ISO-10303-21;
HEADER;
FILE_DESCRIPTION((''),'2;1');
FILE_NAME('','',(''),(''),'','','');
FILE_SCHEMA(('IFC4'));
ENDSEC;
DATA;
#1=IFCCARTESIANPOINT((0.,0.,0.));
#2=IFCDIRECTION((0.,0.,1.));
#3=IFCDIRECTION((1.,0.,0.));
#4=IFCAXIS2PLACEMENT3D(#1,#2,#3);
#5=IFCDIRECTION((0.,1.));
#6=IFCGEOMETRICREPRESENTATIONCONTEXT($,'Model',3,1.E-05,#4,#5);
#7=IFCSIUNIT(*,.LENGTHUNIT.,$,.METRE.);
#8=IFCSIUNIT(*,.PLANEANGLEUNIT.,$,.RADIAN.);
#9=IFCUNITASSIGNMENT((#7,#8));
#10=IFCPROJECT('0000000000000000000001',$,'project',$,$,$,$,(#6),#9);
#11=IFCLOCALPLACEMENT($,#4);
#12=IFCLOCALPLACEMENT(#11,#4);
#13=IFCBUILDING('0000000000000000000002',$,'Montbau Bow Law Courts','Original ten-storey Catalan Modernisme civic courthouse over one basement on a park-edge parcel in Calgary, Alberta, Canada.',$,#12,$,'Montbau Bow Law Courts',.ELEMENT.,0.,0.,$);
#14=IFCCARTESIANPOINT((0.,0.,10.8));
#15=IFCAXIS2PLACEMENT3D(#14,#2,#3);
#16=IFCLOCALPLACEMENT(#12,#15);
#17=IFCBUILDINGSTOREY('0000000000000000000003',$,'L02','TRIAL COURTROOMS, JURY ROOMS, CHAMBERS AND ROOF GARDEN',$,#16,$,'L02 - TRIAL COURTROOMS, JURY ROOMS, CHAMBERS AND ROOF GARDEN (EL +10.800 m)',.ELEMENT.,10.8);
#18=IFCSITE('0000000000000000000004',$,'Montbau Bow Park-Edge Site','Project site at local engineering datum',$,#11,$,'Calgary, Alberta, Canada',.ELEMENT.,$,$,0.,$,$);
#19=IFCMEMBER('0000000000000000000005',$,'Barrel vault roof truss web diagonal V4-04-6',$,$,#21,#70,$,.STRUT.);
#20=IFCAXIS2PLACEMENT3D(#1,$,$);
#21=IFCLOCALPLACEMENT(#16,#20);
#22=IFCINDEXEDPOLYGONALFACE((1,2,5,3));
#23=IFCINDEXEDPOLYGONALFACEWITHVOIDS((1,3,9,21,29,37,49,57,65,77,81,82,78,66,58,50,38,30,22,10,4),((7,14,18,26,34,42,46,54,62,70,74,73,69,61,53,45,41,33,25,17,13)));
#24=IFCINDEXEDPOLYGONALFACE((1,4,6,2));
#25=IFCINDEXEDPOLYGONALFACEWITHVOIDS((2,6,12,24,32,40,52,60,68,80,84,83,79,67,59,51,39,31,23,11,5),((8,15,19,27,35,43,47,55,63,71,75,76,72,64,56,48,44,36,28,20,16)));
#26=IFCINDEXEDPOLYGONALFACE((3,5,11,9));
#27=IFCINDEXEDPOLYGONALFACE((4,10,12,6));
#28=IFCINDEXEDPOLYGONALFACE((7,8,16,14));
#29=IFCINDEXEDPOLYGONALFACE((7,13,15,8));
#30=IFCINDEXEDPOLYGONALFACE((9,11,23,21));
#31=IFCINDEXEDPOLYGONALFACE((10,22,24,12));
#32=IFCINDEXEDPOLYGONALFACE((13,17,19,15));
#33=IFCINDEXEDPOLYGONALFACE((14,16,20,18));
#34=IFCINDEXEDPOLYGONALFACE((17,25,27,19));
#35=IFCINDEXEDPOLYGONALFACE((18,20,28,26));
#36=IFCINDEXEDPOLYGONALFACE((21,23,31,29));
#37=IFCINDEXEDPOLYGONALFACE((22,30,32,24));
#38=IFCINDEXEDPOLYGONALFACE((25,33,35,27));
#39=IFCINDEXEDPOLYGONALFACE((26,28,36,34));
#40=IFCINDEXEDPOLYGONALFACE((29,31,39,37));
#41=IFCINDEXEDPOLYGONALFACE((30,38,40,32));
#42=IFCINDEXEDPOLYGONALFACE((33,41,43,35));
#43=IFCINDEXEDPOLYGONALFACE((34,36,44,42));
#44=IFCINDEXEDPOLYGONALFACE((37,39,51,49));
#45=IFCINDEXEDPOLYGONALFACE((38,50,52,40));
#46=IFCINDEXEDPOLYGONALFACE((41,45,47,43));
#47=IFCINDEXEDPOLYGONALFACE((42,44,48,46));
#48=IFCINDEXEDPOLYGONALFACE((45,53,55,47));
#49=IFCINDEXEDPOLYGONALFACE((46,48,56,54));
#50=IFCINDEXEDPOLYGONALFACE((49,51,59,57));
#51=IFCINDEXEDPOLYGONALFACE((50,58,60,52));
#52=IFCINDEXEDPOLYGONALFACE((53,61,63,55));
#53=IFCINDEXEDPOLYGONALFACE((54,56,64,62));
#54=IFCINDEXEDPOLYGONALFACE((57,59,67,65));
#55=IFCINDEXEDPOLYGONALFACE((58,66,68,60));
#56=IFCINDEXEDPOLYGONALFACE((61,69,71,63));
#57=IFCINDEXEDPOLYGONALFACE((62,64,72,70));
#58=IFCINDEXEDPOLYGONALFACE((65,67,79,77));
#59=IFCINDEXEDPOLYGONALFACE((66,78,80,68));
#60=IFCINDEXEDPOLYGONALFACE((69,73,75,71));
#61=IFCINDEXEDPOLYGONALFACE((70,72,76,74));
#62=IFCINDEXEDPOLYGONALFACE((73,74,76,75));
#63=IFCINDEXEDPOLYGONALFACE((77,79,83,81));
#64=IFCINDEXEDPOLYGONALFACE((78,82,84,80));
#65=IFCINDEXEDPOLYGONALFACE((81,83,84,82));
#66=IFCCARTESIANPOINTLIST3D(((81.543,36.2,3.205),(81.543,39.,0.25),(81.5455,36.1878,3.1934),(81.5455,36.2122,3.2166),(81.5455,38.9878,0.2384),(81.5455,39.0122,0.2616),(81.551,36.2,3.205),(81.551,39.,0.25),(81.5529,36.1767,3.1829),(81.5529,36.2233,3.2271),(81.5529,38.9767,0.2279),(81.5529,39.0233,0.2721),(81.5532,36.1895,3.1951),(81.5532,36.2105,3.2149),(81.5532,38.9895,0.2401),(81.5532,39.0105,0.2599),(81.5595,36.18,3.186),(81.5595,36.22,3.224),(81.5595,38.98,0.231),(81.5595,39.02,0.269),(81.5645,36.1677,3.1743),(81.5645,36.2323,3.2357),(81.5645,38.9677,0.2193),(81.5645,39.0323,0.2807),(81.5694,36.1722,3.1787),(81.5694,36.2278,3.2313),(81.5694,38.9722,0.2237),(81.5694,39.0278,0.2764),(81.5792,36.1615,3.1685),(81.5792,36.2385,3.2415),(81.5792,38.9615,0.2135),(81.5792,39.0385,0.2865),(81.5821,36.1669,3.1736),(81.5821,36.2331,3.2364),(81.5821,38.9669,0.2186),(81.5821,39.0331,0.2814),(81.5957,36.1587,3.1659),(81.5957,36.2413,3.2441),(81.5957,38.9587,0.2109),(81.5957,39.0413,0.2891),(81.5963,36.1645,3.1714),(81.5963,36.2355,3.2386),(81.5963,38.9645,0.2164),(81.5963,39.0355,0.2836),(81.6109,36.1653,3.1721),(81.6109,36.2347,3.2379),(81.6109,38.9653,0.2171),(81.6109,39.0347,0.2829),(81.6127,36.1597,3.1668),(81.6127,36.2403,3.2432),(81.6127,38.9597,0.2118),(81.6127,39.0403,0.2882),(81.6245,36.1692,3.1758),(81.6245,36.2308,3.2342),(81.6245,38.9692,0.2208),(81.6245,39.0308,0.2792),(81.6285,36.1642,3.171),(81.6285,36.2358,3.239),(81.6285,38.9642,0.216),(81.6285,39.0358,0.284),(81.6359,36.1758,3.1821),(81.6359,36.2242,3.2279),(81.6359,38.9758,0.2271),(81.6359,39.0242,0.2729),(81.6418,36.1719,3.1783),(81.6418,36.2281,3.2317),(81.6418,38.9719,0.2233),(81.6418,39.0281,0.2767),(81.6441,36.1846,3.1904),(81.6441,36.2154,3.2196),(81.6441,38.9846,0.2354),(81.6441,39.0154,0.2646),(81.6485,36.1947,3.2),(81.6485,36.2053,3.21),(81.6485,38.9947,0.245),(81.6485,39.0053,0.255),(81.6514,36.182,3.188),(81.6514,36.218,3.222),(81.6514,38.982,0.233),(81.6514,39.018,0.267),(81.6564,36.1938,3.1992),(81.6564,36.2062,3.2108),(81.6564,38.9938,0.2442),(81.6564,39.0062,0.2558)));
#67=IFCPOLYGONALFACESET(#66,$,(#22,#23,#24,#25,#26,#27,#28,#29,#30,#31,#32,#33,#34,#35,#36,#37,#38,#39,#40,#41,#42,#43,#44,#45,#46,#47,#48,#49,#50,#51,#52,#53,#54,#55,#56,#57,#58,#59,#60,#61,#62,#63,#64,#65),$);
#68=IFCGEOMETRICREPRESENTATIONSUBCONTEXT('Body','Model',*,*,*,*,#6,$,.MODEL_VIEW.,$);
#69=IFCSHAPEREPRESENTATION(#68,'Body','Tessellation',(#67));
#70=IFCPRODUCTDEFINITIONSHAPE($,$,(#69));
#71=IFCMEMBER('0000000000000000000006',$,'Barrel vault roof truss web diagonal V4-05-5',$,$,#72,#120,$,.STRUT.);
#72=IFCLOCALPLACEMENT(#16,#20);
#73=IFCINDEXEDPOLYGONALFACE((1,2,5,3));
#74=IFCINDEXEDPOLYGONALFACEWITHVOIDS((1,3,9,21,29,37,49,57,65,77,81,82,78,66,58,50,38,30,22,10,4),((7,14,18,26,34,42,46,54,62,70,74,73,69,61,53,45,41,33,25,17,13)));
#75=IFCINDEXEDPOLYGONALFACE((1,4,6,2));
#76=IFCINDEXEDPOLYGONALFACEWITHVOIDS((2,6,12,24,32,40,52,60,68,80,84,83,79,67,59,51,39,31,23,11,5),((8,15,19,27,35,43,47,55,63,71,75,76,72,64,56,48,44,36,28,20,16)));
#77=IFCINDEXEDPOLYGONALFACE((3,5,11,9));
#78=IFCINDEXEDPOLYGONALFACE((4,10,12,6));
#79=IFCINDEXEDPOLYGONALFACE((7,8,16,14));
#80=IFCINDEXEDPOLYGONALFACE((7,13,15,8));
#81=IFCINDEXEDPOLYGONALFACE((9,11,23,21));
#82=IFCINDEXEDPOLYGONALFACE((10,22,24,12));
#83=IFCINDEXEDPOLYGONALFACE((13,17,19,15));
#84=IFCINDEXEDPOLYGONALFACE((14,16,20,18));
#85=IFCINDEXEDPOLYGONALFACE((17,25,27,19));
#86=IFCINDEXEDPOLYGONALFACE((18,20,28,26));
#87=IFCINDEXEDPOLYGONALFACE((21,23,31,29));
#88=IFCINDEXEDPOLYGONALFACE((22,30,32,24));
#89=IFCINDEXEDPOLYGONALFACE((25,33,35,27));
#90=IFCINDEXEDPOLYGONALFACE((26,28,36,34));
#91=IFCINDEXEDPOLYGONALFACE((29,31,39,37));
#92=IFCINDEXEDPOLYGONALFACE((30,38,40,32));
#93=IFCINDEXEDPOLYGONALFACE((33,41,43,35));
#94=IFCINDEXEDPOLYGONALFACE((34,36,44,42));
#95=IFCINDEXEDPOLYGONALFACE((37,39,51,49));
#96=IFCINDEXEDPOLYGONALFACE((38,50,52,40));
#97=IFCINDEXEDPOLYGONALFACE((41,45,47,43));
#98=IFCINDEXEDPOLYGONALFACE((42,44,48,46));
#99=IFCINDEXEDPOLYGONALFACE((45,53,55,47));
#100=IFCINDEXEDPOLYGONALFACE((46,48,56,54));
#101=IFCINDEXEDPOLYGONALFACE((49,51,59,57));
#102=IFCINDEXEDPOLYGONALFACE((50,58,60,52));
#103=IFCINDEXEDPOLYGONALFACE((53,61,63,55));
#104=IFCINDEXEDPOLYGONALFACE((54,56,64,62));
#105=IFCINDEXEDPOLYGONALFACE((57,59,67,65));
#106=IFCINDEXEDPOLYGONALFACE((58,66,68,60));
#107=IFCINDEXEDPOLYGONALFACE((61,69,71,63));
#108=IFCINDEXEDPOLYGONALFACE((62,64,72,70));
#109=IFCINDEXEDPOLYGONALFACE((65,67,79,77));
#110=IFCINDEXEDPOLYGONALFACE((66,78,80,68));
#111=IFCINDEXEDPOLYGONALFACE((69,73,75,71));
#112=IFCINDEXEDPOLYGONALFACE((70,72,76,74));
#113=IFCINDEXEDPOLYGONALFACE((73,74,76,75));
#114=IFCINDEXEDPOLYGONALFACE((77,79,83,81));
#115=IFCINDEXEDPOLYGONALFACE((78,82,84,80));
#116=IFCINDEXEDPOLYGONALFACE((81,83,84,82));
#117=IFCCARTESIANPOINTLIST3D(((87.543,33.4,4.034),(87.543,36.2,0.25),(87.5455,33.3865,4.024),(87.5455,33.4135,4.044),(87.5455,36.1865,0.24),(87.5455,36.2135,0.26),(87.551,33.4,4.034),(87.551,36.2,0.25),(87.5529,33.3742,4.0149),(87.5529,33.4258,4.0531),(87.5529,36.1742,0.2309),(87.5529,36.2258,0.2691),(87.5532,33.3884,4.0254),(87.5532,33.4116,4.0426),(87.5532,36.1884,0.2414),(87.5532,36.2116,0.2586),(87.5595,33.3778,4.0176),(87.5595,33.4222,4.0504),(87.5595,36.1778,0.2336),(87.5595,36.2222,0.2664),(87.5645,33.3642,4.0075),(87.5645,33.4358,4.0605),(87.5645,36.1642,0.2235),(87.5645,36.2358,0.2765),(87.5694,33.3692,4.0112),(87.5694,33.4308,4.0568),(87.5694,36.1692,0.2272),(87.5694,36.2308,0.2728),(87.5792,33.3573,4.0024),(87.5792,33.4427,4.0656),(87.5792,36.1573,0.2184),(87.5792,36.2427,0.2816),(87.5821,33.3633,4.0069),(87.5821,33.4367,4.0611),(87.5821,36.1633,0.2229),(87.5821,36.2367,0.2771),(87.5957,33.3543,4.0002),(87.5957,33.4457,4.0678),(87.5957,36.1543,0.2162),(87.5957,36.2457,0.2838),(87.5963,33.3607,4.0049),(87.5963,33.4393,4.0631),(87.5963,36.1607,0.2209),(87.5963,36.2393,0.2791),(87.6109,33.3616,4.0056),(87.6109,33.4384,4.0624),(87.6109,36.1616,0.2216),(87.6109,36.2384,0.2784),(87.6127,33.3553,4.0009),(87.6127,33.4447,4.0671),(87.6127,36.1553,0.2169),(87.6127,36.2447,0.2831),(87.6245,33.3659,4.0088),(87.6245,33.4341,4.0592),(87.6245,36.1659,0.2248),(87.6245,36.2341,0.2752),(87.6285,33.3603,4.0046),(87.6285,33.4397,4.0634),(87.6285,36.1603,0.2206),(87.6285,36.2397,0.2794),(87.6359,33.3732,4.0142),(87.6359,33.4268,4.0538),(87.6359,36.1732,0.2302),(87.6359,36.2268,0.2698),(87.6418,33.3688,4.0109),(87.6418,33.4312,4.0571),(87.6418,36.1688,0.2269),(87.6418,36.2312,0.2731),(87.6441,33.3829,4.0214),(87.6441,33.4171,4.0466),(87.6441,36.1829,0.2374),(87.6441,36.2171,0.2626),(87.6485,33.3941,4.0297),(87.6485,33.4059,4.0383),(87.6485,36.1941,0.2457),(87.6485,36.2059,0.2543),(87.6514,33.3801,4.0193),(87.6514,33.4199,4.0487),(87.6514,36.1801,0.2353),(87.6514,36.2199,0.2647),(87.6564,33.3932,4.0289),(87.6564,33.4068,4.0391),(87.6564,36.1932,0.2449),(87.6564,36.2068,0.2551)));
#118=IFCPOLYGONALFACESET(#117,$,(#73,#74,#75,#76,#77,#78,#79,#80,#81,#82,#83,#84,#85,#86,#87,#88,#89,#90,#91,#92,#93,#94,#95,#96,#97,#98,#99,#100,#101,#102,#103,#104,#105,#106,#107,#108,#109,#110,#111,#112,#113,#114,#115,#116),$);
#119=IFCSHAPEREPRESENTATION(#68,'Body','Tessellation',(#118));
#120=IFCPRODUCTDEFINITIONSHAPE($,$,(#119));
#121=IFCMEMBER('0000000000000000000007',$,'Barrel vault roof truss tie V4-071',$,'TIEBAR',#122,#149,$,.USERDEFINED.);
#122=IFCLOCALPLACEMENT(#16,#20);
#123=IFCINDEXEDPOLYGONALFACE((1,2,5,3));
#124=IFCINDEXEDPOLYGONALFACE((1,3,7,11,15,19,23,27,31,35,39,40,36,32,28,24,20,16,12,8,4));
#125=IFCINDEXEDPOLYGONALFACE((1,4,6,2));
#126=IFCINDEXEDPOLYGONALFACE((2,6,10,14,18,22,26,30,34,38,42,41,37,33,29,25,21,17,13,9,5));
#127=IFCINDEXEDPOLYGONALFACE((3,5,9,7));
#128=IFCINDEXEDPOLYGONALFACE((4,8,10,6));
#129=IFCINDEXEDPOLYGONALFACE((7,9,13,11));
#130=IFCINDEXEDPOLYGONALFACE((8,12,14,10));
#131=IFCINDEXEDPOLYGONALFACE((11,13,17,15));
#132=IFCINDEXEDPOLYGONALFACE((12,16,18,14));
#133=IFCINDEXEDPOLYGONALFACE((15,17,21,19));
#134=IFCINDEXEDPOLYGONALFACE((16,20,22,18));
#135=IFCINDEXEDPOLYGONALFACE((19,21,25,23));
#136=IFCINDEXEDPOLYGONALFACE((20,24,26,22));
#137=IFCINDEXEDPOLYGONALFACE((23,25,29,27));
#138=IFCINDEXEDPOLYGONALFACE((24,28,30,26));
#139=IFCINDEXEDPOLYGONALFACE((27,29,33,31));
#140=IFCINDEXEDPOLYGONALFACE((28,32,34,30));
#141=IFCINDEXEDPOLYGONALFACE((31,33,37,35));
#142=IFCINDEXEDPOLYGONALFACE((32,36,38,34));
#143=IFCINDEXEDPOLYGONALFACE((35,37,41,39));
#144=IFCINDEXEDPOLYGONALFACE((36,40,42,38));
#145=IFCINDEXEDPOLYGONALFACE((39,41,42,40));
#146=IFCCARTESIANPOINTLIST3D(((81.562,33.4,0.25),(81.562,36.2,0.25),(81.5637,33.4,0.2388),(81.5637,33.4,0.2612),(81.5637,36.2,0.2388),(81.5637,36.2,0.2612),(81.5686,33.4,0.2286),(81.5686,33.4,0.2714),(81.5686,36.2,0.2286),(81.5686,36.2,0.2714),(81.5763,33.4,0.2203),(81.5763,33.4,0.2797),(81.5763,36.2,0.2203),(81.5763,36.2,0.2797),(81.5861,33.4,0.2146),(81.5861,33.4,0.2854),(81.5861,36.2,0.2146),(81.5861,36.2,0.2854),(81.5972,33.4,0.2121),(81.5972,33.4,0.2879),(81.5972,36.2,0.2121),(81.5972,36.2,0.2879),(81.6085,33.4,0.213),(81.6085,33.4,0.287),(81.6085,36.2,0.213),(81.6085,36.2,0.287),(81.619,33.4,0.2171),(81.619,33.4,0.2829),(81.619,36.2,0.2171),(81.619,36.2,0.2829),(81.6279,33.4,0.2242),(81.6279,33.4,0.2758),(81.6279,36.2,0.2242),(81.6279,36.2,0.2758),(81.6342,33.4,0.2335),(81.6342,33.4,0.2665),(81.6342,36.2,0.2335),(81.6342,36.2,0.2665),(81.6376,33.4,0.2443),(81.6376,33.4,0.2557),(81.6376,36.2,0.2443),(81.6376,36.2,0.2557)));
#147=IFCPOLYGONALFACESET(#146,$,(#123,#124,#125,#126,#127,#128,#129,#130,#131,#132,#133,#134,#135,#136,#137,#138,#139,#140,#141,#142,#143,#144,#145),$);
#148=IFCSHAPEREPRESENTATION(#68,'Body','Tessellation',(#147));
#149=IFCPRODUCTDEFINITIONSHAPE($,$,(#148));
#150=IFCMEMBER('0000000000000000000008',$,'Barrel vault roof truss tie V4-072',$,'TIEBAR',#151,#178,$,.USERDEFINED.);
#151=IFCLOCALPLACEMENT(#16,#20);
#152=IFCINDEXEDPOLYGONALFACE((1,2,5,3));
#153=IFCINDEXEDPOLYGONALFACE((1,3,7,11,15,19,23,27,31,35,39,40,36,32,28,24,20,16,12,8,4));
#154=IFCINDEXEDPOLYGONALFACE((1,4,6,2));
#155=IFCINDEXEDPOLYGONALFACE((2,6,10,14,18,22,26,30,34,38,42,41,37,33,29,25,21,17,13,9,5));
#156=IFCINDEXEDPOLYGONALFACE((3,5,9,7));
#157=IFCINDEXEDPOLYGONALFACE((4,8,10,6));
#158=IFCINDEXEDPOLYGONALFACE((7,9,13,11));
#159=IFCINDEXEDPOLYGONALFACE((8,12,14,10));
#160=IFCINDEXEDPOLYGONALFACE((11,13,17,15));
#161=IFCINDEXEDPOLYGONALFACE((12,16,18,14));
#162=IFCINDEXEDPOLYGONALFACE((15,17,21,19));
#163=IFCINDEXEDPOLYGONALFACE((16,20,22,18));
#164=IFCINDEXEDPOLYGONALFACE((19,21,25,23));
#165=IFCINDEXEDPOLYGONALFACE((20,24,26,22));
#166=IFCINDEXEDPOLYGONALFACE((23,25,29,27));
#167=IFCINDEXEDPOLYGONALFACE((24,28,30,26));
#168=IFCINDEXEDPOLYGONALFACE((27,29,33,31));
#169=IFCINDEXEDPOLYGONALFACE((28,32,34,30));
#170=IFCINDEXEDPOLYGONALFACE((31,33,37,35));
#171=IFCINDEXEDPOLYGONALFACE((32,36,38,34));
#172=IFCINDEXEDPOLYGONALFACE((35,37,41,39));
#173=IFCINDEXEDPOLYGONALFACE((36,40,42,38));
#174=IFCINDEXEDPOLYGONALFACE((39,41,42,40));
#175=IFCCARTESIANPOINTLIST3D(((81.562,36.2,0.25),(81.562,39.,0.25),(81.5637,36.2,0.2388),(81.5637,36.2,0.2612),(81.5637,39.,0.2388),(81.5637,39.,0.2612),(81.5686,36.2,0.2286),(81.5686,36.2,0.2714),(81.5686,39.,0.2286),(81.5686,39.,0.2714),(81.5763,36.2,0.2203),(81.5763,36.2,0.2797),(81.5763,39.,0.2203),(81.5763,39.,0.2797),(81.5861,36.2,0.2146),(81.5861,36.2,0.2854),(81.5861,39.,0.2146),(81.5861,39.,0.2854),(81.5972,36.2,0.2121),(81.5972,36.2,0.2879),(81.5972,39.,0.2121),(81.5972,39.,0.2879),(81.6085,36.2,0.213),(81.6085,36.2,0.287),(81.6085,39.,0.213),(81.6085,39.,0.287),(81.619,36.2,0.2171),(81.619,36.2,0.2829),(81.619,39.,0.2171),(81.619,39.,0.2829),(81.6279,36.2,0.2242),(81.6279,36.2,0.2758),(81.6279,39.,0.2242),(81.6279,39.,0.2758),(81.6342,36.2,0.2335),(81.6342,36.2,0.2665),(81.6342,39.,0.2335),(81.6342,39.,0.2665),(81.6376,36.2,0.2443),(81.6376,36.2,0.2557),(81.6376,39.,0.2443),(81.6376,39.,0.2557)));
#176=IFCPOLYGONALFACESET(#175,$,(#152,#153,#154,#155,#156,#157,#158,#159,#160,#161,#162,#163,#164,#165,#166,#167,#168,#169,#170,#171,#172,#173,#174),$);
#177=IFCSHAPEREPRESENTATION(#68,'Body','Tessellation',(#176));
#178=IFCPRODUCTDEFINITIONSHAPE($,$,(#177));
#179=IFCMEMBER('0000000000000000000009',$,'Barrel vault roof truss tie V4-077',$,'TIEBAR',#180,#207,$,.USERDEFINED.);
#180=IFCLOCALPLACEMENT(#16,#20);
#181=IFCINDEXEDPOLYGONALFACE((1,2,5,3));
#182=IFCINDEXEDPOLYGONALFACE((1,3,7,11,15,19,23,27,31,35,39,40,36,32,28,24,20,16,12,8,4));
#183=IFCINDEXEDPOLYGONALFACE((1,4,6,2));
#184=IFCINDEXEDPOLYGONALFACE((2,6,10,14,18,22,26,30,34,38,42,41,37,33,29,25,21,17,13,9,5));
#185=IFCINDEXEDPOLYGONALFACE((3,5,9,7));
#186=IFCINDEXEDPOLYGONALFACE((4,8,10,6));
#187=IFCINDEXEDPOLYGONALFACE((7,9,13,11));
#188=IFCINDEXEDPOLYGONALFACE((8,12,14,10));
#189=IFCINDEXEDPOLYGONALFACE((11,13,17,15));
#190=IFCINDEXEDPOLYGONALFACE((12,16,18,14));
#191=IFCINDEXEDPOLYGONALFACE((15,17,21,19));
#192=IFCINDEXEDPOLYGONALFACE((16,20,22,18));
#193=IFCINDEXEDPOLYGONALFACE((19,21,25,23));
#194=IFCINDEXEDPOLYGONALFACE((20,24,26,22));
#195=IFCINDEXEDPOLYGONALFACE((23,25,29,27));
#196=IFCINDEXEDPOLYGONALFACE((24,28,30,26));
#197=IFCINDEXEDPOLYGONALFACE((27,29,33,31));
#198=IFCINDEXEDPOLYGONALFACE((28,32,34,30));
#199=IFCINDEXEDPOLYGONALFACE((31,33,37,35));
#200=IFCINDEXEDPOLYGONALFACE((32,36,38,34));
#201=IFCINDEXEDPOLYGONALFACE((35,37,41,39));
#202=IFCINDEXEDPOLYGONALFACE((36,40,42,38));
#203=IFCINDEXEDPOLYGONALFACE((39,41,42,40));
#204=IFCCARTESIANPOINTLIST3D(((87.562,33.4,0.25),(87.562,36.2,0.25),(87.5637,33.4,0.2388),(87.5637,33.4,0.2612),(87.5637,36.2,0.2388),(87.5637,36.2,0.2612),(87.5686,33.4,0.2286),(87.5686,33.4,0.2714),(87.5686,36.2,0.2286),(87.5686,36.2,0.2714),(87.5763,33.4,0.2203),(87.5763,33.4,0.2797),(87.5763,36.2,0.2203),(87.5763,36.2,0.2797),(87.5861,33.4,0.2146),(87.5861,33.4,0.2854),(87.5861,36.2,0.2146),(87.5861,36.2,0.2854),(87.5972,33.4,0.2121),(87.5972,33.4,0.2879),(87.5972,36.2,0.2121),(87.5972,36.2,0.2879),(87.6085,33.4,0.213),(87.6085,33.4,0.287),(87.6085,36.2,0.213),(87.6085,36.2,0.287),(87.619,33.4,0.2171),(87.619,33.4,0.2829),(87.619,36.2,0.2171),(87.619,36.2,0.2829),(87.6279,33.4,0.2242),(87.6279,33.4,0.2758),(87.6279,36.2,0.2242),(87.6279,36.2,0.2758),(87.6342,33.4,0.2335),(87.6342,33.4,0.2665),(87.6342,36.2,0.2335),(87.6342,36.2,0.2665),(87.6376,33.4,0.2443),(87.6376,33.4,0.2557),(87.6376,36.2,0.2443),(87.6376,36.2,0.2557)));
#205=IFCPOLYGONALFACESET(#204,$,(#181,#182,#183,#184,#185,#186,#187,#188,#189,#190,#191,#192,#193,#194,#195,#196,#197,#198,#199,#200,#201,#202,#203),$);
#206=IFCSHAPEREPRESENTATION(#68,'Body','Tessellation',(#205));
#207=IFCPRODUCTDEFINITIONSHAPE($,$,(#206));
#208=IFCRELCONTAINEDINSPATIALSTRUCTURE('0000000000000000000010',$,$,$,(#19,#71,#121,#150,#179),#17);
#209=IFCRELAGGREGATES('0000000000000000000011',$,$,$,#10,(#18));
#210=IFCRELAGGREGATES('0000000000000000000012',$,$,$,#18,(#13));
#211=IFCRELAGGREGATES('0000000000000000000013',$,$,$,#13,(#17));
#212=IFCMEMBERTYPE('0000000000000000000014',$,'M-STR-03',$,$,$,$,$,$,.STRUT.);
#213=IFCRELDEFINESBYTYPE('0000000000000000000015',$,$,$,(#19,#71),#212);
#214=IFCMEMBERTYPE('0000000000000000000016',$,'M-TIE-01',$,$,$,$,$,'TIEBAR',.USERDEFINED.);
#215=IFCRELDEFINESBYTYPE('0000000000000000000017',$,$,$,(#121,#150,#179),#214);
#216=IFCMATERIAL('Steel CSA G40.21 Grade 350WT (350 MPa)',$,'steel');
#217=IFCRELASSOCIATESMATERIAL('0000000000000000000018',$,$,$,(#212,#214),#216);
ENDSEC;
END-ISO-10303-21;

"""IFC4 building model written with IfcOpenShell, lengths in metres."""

from ifc_helpers import new_model, si_unit, direction, frame, origin_with_axes, origin_2d_with_axis, place, context, subcontext, project, spatial, circle, hollow_circle, extrude, material, material_profile, profile_set, type_object, element, save


model = new_model("IFC4")

# Units and contexts
model_context = context("Model", 3, precision=1e-05, world=origin_with_axes(), true_north=direction((0.0, 1.0)))
body_context = subcontext(model_context, "Body", "Model", "MODEL_VIEW")
ifc_project = project(units=[si_unit("LENGTHUNIT", "METRE"), si_unit("PLANEANGLEUNIT", "RADIAN")], contexts=[model_context])

# Site, building, storey
site_placement = place(None, origin_with_axes())
site = spatial("IfcSite", under=ifc_project, at=site_placement, Name="Montbau Bow Park-Edge Site", Description="Project site at local engineering datum", LongName="Calgary, Alberta, Canada", CompositionType="ELEMENT", RefElevation=0.0)
building_placement = place(site_placement, origin_with_axes())
building = spatial("IfcBuilding", under=site, at=building_placement, Name="Montbau Bow Law Courts", Description="Original ten-storey Catalan Modernisme civic courthouse over one basement on a park-edge parcel in Calgary, Alberta, Canada.", LongName="Montbau Bow Law Courts", CompositionType="ELEMENT", ElevationOfRefHeight=0.0, ElevationOfTerrain=0.0)
storey_placement = place(building_placement, frame((0.0, 0.0, 10.8), z_axis=(0.0, 0.0, 1.0), x_axis=(1.0, 0.0, 0.0)))
storey = spatial("IfcBuildingStorey", under=building, at=storey_placement, Name="L02", Description="TRIAL COURTROOMS, JURY ROOMS, CHAMBERS AND ROOF GARDEN", LongName="L02 - TRIAL COURTROOMS, JURY ROOMS, CHAMBERS AND ROOF GARDEN (EL +10.800 m)", CompositionType="ELEMENT", Elevation=10.8)

# Shared definitions
ifc_material_1 = material(Name="Steel CSA G40.21 Grade 350WT (350 MPa)", Category="steel")

# Members
ifc_material_profile_1 = material_profile(ifc_material_1, hollow_circle(Radius=0.057, WallThickness=0.008, at=origin_2d_with_axis()), Name="HSS114X8.0", Category="Main", Priority=0)
ifc_profile_set_1 = profile_set([ifc_material_profile_1], Name="Steel CSA G40.21 Grade 350WT (350 MPa)")
member_type_1 = type_object("IfcMemberType", Name="M-STR-03", PredefinedType="STRUT", material=ifc_profile_set_1)
member_1_placement = place(None, frame((81.6, 36.2, 14.005), z_axis=(0.0, 0.687813, -0.725888), x_axis=(-1.0, 0.0, 0.0)))
element("IfcMember", 1, at=member_1_placement, inside=storey, type_object=member_type_1, Name="Barrel vault roof truss web diagonal V4-04-6", PredefinedType="STRUT", context=body_context, shape_type="SweptSolid", body=[
    extrude(hollow_circle(Radius=0.057, WallThickness=0.008, at=origin_2d_with_axis()), origin_with_axes(), (0.0, 0.0, 1.0), 4.0709),
])
member_2_placement = place(None, frame((87.6, 33.4, 14.834), z_axis=(0.0, 0.594821, -0.803858), x_axis=(-1.0, 0.0, 0.0)))
element("IfcMember", 2, at=member_2_placement, inside=storey, type_object=member_type_1, Name="Barrel vault roof truss web diagonal V4-05-5", PredefinedType="STRUT", context=body_context, shape_type="SweptSolid", body=[
    extrude(hollow_circle(Radius=0.057, WallThickness=0.008, at=origin_2d_with_axis()), origin_with_axes(), (0.0, 0.0, 1.0), 4.7073),
])
ifc_material_profile_2 = material_profile(ifc_material_1, circle(Radius=0.038, at=origin_2d_with_axis()), Name="ROD76", Category="Main", Priority=0)
ifc_profile_set_2 = profile_set([ifc_material_profile_2], Name="Steel CSA G40.21 Grade 350WT (350 MPa)")
member_type_2 = type_object("IfcMemberType", Name="M-TIE-01", ElementType="TIEBAR", PredefinedType="USERDEFINED", material=ifc_profile_set_2)
for number, where, z_axis, x_axis, name in (
    (3, (81.6, 33.4, 11.05), (0.0, 1.0, 0.0), (-1.0, 0.0, 0.0), "Barrel vault roof truss tie V4-071"),
    (4, (81.6, 36.2, 11.05), (0.0, 1.0, 0.0), (-1.0, 0.0, 0.0), "Barrel vault roof truss tie V4-072"),
    (5, (87.6, 33.4, 11.05), (0.0, 1.0, 0.0), (-1.0, 0.0, 0.0), "Barrel vault roof truss tie V4-077"),
):
    element("IfcMember", number, at=place(None, frame(where, z_axis=z_axis, x_axis=x_axis)), inside=storey, type_object=member_type_2, Name=name, ObjectType="TIEBAR", PredefinedType="USERDEFINED", context=body_context, shape_type="SweptSolid", body=[
        extrude(circle(Radius=0.038, at=origin_2d_with_axis()), origin_with_axes(), (0.0, 0.0, 1.0), 2.8),
    ])

save(model, "model.ifc")
